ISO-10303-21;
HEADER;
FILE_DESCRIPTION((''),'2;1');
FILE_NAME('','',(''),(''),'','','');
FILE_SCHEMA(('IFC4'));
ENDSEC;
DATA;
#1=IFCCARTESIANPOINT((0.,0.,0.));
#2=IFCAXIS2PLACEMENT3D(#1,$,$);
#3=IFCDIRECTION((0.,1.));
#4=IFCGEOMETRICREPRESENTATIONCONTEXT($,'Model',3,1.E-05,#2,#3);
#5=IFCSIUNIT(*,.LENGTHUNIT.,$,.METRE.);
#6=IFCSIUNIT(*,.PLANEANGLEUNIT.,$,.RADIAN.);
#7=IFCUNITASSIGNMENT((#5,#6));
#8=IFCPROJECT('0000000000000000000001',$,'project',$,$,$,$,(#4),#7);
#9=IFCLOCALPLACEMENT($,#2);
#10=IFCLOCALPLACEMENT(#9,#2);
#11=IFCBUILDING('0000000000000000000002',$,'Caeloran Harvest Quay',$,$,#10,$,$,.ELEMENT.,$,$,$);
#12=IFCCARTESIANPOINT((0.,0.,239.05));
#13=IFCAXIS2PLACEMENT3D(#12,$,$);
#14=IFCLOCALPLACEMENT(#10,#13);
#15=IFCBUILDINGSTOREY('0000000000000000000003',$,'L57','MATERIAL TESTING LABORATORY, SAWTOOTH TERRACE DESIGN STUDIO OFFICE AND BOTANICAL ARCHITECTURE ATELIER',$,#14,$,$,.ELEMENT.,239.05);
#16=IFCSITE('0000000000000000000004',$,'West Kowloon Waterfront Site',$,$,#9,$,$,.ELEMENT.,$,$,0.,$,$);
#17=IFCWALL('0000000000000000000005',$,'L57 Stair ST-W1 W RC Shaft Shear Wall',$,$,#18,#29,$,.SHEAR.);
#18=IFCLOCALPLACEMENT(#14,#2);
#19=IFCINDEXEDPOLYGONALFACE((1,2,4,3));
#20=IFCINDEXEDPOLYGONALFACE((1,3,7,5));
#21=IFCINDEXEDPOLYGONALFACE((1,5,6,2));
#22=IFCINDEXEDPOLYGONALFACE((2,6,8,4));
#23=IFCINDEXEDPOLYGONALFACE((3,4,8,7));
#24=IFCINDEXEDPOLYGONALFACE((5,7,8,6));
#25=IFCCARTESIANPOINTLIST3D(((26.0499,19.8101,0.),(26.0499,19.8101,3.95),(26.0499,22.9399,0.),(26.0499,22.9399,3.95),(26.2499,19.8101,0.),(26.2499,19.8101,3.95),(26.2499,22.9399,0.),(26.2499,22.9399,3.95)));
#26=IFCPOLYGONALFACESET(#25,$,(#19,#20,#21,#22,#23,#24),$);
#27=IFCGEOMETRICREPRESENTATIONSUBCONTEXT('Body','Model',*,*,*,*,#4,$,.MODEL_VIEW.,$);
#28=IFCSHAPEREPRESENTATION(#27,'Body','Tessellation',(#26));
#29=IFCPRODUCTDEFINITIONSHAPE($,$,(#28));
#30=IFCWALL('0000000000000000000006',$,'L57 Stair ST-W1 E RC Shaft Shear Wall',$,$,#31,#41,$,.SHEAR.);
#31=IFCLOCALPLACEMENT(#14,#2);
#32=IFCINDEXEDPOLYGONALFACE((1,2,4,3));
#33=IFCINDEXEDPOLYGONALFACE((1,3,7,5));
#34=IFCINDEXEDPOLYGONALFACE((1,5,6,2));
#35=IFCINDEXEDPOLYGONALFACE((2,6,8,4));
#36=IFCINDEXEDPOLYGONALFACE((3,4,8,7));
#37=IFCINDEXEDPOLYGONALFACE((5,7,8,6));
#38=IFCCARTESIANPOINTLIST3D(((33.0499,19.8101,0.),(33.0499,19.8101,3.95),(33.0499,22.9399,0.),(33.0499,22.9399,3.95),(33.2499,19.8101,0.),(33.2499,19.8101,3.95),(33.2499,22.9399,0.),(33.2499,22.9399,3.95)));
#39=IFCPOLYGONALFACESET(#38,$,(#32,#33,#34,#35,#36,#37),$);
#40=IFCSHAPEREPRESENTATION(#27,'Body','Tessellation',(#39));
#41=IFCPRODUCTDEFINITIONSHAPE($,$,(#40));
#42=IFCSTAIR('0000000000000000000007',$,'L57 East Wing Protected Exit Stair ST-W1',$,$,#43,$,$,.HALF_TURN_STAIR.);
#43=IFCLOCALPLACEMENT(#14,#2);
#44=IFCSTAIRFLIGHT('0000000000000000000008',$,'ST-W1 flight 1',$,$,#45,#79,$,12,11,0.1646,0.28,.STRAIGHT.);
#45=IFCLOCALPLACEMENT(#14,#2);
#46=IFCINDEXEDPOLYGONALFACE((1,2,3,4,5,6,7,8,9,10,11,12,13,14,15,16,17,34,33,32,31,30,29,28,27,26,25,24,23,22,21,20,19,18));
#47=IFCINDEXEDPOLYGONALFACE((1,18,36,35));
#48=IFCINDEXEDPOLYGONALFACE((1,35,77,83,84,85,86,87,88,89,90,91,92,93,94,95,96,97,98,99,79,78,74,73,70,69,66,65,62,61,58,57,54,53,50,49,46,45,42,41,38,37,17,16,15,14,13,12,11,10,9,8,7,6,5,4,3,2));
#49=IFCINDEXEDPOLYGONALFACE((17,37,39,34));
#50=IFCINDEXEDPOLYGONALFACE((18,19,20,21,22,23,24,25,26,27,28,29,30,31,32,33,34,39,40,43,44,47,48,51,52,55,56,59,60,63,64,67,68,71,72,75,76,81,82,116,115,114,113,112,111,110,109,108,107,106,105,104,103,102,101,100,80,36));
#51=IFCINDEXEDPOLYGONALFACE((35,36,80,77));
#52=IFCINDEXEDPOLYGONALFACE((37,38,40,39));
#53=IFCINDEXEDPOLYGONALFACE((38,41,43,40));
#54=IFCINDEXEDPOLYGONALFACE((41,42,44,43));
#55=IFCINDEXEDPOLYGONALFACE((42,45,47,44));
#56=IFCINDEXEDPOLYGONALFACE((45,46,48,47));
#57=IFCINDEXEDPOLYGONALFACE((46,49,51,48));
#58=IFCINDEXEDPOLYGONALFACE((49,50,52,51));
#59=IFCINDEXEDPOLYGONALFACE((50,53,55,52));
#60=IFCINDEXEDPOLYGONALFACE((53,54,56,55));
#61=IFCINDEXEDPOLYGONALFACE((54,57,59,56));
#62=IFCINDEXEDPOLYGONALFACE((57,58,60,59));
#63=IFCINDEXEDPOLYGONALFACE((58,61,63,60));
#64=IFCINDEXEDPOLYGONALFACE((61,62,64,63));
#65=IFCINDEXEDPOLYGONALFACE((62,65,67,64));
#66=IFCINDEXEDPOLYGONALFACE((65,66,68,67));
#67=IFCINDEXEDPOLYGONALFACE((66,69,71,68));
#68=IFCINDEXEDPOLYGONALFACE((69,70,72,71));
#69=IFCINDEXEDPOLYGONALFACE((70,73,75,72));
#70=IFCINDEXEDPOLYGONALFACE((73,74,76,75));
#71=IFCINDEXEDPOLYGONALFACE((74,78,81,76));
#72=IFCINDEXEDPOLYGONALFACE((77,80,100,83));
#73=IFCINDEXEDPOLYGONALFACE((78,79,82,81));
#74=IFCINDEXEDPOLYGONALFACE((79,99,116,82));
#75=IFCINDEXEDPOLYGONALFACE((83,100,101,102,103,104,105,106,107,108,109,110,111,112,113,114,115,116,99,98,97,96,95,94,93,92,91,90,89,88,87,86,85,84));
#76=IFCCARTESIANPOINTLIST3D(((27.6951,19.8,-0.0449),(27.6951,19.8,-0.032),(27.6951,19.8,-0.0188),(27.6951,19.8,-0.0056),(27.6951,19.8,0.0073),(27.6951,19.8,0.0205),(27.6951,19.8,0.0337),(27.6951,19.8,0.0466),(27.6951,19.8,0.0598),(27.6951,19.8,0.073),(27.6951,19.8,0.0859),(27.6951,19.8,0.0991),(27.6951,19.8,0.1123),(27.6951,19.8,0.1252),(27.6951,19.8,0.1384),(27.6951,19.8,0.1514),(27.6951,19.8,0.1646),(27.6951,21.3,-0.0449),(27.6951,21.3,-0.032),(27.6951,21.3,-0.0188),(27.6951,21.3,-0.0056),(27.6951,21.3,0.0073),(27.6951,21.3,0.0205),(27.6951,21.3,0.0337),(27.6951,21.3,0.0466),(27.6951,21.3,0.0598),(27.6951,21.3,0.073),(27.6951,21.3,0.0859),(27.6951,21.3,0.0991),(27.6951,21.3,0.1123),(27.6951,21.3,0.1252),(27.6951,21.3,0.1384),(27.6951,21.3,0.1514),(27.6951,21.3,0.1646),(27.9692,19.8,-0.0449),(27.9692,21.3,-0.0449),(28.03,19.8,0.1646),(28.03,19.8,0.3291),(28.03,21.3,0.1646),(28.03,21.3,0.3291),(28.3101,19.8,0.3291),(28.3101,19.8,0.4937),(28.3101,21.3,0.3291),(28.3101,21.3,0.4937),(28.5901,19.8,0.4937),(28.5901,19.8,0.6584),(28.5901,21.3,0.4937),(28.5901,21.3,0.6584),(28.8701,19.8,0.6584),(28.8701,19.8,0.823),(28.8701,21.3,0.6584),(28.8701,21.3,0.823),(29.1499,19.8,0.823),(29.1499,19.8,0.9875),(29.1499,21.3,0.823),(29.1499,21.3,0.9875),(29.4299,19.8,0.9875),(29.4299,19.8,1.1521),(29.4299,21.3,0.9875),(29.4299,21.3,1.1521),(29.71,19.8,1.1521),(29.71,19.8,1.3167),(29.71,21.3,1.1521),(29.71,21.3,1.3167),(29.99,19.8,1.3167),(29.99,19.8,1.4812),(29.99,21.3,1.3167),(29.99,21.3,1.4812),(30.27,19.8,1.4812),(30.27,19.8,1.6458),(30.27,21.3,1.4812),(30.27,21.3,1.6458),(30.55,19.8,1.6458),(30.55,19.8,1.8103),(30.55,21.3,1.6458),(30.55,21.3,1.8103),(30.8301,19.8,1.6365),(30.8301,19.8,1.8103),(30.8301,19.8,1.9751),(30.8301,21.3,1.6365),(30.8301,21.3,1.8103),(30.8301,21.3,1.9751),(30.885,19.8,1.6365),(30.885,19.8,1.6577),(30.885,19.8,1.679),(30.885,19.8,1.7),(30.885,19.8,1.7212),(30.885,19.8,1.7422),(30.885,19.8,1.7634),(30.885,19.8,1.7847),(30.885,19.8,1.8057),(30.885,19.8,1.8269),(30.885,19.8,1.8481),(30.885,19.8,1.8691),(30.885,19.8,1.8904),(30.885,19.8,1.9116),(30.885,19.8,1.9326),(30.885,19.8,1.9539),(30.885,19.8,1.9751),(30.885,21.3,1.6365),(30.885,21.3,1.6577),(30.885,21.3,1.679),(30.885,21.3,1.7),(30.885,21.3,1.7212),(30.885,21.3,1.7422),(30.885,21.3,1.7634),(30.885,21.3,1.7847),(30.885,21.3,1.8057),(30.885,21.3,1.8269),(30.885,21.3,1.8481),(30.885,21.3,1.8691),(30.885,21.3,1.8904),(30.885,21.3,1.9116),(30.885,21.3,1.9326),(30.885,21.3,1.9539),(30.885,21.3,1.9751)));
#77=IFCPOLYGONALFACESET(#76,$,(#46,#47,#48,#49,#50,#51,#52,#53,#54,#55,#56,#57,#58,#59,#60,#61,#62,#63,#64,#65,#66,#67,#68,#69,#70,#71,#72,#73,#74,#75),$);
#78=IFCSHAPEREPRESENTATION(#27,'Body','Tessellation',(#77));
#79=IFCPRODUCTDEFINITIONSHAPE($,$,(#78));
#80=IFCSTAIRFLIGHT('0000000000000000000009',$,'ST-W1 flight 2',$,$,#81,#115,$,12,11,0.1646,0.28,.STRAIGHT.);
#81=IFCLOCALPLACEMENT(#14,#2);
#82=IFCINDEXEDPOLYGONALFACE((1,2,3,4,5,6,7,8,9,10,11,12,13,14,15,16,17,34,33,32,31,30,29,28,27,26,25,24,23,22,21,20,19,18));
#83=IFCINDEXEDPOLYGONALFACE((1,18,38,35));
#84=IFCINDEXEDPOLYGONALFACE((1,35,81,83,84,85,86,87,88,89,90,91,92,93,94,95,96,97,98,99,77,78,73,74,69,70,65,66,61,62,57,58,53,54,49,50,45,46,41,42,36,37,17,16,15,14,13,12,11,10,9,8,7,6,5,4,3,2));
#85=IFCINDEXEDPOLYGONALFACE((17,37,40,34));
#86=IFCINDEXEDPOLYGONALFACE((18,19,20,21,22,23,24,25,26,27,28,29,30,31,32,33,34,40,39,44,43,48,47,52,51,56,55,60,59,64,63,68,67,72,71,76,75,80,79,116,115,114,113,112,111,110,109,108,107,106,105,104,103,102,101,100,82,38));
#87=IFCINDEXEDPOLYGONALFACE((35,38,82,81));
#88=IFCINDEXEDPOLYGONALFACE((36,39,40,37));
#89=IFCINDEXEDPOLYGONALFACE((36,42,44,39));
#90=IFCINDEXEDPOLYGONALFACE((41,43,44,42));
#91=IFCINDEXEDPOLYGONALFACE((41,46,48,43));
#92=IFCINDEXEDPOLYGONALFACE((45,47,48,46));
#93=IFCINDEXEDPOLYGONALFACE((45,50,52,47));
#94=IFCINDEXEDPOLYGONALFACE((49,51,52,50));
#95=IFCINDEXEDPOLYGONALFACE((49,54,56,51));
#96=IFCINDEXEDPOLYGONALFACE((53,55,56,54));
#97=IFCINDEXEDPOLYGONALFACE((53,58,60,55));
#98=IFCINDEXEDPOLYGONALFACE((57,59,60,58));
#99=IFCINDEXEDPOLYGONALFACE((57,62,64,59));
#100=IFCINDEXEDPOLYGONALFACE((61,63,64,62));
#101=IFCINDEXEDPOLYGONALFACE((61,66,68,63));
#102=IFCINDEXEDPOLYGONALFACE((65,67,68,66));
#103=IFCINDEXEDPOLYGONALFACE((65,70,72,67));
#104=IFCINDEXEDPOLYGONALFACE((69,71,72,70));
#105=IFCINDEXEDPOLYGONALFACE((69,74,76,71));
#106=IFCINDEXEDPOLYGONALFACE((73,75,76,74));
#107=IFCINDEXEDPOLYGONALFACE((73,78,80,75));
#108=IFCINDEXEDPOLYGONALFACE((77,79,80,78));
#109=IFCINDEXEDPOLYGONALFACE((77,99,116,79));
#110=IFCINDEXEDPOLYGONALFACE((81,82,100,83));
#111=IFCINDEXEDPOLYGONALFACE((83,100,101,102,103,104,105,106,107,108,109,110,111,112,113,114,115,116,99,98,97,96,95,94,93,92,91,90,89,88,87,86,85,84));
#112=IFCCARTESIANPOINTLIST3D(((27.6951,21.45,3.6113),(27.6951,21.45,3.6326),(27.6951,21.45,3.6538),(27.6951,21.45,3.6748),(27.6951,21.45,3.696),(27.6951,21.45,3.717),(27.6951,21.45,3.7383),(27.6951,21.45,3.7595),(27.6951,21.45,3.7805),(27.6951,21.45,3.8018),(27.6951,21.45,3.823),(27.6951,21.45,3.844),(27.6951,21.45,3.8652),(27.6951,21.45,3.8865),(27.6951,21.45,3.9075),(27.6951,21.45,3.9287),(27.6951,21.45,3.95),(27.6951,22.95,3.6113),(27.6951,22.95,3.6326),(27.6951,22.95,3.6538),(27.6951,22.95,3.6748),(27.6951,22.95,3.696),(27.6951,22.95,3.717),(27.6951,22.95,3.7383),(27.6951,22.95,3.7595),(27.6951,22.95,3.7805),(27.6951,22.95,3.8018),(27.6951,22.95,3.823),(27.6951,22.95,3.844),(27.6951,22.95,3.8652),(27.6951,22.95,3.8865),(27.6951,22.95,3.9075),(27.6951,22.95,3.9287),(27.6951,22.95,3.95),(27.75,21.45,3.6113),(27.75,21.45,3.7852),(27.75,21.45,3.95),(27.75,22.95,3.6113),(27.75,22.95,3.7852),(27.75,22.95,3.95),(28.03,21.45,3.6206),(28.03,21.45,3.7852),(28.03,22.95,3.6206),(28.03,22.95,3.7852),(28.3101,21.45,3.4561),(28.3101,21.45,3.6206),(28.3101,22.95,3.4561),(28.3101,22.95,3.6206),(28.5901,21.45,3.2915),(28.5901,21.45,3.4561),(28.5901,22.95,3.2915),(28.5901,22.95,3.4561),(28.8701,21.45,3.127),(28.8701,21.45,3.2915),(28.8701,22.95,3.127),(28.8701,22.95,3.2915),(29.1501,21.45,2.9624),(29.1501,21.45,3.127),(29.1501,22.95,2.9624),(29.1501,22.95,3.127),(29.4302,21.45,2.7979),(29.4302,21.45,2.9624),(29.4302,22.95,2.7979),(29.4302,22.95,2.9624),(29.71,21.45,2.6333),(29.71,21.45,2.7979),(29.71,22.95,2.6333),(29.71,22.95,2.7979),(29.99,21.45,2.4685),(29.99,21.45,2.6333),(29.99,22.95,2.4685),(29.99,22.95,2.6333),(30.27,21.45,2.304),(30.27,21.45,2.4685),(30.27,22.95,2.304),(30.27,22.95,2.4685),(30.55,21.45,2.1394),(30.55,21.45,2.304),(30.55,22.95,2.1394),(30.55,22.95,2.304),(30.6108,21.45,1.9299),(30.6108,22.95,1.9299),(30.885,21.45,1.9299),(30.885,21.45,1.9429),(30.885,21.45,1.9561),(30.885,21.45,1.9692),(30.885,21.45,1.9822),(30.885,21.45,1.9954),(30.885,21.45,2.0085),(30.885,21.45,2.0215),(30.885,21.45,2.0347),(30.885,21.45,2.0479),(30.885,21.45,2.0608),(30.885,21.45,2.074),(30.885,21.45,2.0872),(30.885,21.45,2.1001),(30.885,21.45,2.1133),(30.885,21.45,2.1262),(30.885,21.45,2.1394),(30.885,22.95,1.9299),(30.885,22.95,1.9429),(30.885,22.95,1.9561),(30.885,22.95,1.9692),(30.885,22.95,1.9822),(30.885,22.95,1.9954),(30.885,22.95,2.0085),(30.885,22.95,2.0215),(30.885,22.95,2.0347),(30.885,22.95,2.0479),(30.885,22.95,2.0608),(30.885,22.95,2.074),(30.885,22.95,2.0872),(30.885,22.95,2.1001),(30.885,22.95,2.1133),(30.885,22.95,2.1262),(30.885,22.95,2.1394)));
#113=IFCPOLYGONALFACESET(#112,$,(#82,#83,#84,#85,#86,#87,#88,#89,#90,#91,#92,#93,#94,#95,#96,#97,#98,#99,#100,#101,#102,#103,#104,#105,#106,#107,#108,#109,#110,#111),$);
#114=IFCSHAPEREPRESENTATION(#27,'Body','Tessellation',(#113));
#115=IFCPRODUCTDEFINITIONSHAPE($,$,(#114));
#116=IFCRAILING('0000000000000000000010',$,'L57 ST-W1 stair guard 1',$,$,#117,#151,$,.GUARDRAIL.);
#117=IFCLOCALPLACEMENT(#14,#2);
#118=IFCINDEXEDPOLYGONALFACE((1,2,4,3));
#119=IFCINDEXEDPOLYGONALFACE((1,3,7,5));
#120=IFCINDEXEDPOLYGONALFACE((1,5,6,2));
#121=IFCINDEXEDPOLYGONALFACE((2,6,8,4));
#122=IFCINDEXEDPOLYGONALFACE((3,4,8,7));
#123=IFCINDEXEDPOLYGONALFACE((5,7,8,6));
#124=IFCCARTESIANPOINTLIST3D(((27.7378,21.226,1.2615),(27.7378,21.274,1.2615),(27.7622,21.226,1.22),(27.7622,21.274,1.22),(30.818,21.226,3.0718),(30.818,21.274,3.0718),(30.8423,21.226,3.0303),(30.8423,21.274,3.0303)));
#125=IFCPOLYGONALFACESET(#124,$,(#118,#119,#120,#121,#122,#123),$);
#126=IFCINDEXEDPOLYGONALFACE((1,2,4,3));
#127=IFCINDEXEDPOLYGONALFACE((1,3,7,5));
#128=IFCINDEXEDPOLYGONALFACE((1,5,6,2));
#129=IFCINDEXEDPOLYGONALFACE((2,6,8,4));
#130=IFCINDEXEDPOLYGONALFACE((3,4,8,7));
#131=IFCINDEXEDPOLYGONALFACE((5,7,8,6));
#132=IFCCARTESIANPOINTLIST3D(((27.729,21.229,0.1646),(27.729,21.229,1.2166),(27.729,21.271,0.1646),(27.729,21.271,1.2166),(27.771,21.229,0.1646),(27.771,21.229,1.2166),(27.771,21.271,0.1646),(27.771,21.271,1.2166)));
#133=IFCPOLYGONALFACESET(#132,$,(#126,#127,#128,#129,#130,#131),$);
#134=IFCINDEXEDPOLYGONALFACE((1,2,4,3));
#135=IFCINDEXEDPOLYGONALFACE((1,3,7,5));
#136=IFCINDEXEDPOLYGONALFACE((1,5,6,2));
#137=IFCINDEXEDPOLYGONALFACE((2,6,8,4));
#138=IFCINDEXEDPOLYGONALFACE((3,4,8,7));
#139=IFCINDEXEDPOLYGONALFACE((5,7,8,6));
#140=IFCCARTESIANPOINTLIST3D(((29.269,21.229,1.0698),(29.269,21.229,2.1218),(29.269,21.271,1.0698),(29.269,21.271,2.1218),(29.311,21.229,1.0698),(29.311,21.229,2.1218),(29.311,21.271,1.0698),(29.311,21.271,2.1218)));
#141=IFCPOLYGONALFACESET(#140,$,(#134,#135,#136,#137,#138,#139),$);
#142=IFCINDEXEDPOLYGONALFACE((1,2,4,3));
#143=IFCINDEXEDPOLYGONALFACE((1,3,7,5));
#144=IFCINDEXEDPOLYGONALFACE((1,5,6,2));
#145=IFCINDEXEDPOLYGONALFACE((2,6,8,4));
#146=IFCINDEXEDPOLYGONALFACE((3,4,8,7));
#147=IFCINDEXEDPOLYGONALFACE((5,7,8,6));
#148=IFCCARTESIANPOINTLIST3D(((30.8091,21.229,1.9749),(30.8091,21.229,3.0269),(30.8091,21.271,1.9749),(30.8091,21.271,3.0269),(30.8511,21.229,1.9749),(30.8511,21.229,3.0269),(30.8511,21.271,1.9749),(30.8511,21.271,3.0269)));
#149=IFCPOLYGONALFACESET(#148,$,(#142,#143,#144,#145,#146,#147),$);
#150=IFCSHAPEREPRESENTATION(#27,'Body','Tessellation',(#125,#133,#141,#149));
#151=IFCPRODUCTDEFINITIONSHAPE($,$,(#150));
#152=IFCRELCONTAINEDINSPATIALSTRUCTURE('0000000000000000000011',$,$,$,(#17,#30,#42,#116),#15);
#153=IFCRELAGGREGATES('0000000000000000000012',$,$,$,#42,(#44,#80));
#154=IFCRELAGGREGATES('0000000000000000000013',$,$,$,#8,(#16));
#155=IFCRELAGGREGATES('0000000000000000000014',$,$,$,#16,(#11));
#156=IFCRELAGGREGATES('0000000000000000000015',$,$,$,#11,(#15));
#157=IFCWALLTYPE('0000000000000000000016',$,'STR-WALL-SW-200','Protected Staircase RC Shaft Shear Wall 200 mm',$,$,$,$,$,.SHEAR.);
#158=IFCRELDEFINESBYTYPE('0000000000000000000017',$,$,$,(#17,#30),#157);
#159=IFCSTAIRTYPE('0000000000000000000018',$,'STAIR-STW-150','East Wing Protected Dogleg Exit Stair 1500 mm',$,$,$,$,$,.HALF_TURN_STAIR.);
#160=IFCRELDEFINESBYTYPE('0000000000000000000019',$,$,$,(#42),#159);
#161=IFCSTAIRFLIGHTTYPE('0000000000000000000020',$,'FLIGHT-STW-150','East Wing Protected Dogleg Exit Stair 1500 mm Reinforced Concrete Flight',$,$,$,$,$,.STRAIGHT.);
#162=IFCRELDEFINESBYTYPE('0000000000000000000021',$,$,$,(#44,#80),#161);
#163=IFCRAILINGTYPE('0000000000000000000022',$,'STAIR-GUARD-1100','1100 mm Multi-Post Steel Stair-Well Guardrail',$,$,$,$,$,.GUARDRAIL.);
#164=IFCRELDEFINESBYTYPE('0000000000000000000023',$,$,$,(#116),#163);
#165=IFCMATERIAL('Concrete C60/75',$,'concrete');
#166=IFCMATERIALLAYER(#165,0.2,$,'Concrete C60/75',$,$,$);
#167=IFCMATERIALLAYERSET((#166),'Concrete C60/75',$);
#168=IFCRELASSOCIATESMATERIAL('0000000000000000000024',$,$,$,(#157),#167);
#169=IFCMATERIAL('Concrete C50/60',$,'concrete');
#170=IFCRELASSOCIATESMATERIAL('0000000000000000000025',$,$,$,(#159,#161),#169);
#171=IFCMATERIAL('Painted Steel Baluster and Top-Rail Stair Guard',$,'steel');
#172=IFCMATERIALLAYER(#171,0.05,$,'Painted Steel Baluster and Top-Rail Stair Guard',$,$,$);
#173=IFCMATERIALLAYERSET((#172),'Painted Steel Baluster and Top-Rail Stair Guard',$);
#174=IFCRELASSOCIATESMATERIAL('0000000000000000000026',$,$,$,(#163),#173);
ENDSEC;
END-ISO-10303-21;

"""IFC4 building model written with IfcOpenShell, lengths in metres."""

from ifc_helpers import new_model, si_unit, direction, frame, frame_2d, origin, origin_2d, place, context, subcontext, project, spatial, polyline, rectangle, outline, extrude, material, layer, layer_set, type_object, element, aggregate, save


model = new_model("IFC4")

# Units and contexts
model_context = context("Model", 3, precision=1e-05, world=origin(), true_north=direction((0.0, 1.0)))
body_context = subcontext(model_context, "Body", "Model", "MODEL_VIEW")
ifc_project = project(units=[si_unit("LENGTHUNIT", "METRE"), si_unit("PLANEANGLEUNIT", "RADIAN")], contexts=[model_context])

# Site, building, storey
site_placement = place(None, origin())
site = spatial("IfcSite", under=ifc_project, at=site_placement, Name="West Kowloon Waterfront Site", CompositionType="ELEMENT", RefElevation=0.0)
building_placement = place(site_placement, origin())
building = spatial("IfcBuilding", under=site, at=building_placement, Name="Caeloran Harvest Quay", CompositionType="ELEMENT")
storey_placement = place(building_placement, frame((0.0, 0.0, 239.05)))
storey = spatial("IfcBuildingStorey", under=building, at=storey_placement, Name="L57", Description="MATERIAL TESTING LABORATORY, SAWTOOTH TERRACE DESIGN STUDIO OFFICE AND BOTANICAL ARCHITECTURE ATELIER", CompositionType="ELEMENT", Elevation=239.05)

# Walls
ifc_material_1 = material(Name="Concrete C60/75", Category="concrete")
ifc_layer_1 = layer(ifc_material_1, 0.2, Name="Concrete C60/75")
ifc_layer_set_1 = layer_set([ifc_layer_1], Name="Concrete C60/75")
wall_type_1 = type_object("IfcWallType", Name="STR-WALL-SW-200", Description="Protected Staircase RC Shaft Shear Wall 200 mm", PredefinedType="SHEAR", material=ifc_layer_set_1)
for number, where, z_axis, x_axis, name in (
    (1, (26.1499, 19.8101, 0.0), (0.0, 0.0, 1.0), (0.0, 1.0, 0.0), "L57 Stair ST-W1 W RC Shaft Shear Wall"),
    (2, (33.1499, 19.8101, 0.0), (0.0, 0.0, 1.0), (0.0, 1.0, 0.0), "L57 Stair ST-W1 E RC Shaft Shear Wall"),
):
    element("IfcWall", number, at=place(storey_placement, frame(where, z_axis=z_axis, x_axis=x_axis)), inside=storey, type_object=wall_type_1, Name=name, PredefinedType="SHEAR", context=body_context, shape_type="SweptSolid", body=[
        extrude(rectangle(XDim=3.1299, YDim=0.2, at=frame_2d((1.5649, 0.0))), origin(), (0.0, 0.0, 1.0), 3.95),
    ])

# Stair, stair flights
ifc_material_2 = material(Name="Concrete C50/60", Category="concrete")
stair_type = type_object("IfcStairType", Name="STAIR-STW-150", Description="East Wing Protected Dogleg Exit Stair 1500 mm", PredefinedType="HALF_TURN_STAIR", material=ifc_material_2)
stair_placement = place(storey_placement, origin())
stair = element("IfcStair", 3, at=stair_placement, inside=storey, type_object=stair_type, Name="L57 East Wing Protected Exit Stair ST-W1", PredefinedType="HALF_TURN_STAIR")
stair_flight_type = type_object("IfcStairFlightType", Name="FLIGHT-STW-150", Description="East Wing Protected Dogleg Exit Stair 1500 mm Reinforced Concrete Flight", PredefinedType="STRAIGHT", material=ifc_material_2)
stair_flight_1_placement = place(storey_placement, frame((27.75, 20.55, 0.0), z_axis=(0.0, 0.0, 1.0), x_axis=(1.0, 0.0, 0.0)))
stair_flight_1 = element("IfcStairFlight", 4, at=stair_flight_1_placement, type_object=stair_flight_type, Name="ST-W1 flight 1", NumberOfRisers=12, NumberOfTreads=11, PredefinedType="STRAIGHT", RiserHeight=0.1646, TreadLength=0.28, context=body_context, shape_type="SweptSolid", body=[
    extrude(outline(polyline([(-0.0549, -0.0449), (-0.0549, -0.032), (-0.0549, -0.0188), (-0.0549, -0.0056), (-0.0549, 0.0073), (-0.0549, 0.0205), (-0.0549, 0.0337), (-0.0549, 0.0466), (-0.0549, 0.0598), (-0.0549, 0.073), (-0.0549, 0.0859), (-0.0549, 0.0991), (-0.0549, 0.1123), (-0.0549, 0.1252), (-0.0549, 0.1384), (-0.0549, 0.1514), (-0.0549, 0.1646), (0.28, 0.1646), (0.28, 0.3291), (0.5601, 0.3291), (0.5601, 0.4937), (0.8401, 0.4937), (0.8401, 0.6584), (1.1201, 0.6584), (1.1201, 0.823), (1.3999, 0.823), (1.3999, 0.9875), (1.6799, 0.9875), (1.6799, 1.1521), (1.96, 1.1521), (1.96, 1.3167), (2.24, 1.3167), (2.24, 1.4812), (2.52, 1.4812), (2.52, 1.6458), (2.8, 1.6458), (2.8, 1.8103), (3.0801, 1.8103), (3.0801, 1.9751), (3.135, 1.9751), (3.135, 1.9539), (3.135, 1.9326), (3.135, 1.9116), (3.135, 1.8904), (3.135, 1.8691), (3.135, 1.8481), (3.135, 1.8269), (3.135, 1.8057), (3.135, 1.7847), (3.135, 1.7634), (3.135, 1.7422), (3.135, 1.7212), (3.135, 1.7), (3.135, 1.679), (3.135, 1.6577), (3.135, 1.6365), (3.0801, 1.6365), (0.2192, -0.0449), (-0.0549, -0.0449)])), frame((0.0, 0.75, 0.0), z_axis=(0.0, -1.0, 0.0), x_axis=(1.0, 0.0, 0.0)), (0.0, 0.0, 1.0), 1.5),
])
stair_flight_2_placement = place(storey_placement, frame((30.8301, 22.2, 1.9749), z_axis=(0.0, 0.0, 1.0), x_axis=(-1.0, 0.0, 0.0)))
stair_flight_2 = element("IfcStairFlight", 5, at=stair_flight_2_placement, type_object=stair_flight_type, Name="ST-W1 flight 2", NumberOfRisers=12, NumberOfTreads=11, PredefinedType="STRAIGHT", RiserHeight=0.1646, TreadLength=0.28, context=body_context, shape_type="SweptSolid", body=[
    extrude(outline(polyline([(-0.0549, -0.0449), (-0.0549, -0.032), (-0.0549, -0.0188), (-0.0549, -0.0056), (-0.0549, 0.0073), (-0.0549, 0.0205), (-0.0549, 0.0337), (-0.0549, 0.0466), (-0.0549, 0.0598), (-0.0549, 0.073), (-0.0549, 0.0859), (-0.0549, 0.0991), (-0.0549, 0.1123), (-0.0549, 0.1252), (-0.0549, 0.1384), (-0.0549, 0.1514), (-0.0549, 0.1646), (0.28, 0.1646), (0.28, 0.3291), (0.5601, 0.3291), (0.5601, 0.4937), (0.8401, 0.4937), (0.8401, 0.6584), (1.1201, 0.6584), (1.1201, 0.823), (1.3999, 0.823), (1.3999, 0.9875), (1.6799, 0.9875), (1.6799, 1.1521), (1.96, 1.1521), (1.96, 1.3167), (2.24, 1.3167), (2.24, 1.4812), (2.52, 1.4812), (2.52, 1.6458), (2.8, 1.6458), (2.8, 1.8103), (3.0801, 1.8103), (3.0801, 1.9751), (3.135, 1.9751), (3.135, 1.9539), (3.135, 1.9326), (3.135, 1.9116), (3.135, 1.8904), (3.135, 1.8691), (3.135, 1.8481), (3.135, 1.8269), (3.135, 1.8057), (3.135, 1.7847), (3.135, 1.7634), (3.135, 1.7422), (3.135, 1.7212), (3.135, 1.7), (3.135, 1.679), (3.135, 1.6577), (3.135, 1.6365), (3.0801, 1.6365), (0.2192, -0.0449), (-0.0549, -0.0449)])), frame((0.0, 0.75, 0.0), z_axis=(0.0, -1.0, 0.0), x_axis=(1.0, 0.0, 0.0)), (0.0, 0.0, 1.0), 1.5),
])
aggregate(stair, [stair_flight_1, stair_flight_2])

# Railing
ifc_material_3 = material(Name="Painted Steel Baluster and Top-Rail Stair Guard", Category="steel")
ifc_layer_2 = layer(ifc_material_3, 0.05, Name="Painted Steel Baluster and Top-Rail Stair Guard")
ifc_layer_set_2 = layer_set([ifc_layer_2], Name="Painted Steel Baluster and Top-Rail Stair Guard")
railing_type_1 = type_object("IfcRailingType", Name="STAIR-GUARD-1100", Description="1100 mm Multi-Post Steel Stair-Well Guardrail", PredefinedType="GUARDRAIL", material=ifc_layer_set_2)
railing_1_placement = place(storey_placement, frame((27.75, 21.25, 0.1646)))
element("IfcRailing", 6, at=railing_1_placement, inside=storey, type_object=railing_type_1, Name="L57 ST-W1 stair guard 1", PredefinedType="GUARDRAIL", context=body_context, shape_type="SweptSolid", body=[
    extrude(rectangle(XDim=0.0481, YDim=0.0481, at=origin_2d()), frame((0.0, 0.0, 1.0762), z_axis=(0.862119, 0.0, 0.506707), x_axis=(0.0, 1.0, 0.0)), (0.0, 0.0, 1.0), 3.5728),
    extrude(rectangle(XDim=0.042, YDim=0.042, at=origin_2d()), origin(), (0.0, 0.0, 1.0), 1.052),
    extrude(rectangle(XDim=0.042, YDim=0.042, at=origin_2d()), frame((1.54, 0.0, 0.9053)), (0.0, 0.0, 1.0), 1.052),
    extrude(rectangle(XDim=0.042, YDim=0.042, at=origin_2d()), frame((3.0801, 0.0, 1.8103)), (0.0, 0.0, 1.0), 1.052),
])

save(model, "model.ifc")
